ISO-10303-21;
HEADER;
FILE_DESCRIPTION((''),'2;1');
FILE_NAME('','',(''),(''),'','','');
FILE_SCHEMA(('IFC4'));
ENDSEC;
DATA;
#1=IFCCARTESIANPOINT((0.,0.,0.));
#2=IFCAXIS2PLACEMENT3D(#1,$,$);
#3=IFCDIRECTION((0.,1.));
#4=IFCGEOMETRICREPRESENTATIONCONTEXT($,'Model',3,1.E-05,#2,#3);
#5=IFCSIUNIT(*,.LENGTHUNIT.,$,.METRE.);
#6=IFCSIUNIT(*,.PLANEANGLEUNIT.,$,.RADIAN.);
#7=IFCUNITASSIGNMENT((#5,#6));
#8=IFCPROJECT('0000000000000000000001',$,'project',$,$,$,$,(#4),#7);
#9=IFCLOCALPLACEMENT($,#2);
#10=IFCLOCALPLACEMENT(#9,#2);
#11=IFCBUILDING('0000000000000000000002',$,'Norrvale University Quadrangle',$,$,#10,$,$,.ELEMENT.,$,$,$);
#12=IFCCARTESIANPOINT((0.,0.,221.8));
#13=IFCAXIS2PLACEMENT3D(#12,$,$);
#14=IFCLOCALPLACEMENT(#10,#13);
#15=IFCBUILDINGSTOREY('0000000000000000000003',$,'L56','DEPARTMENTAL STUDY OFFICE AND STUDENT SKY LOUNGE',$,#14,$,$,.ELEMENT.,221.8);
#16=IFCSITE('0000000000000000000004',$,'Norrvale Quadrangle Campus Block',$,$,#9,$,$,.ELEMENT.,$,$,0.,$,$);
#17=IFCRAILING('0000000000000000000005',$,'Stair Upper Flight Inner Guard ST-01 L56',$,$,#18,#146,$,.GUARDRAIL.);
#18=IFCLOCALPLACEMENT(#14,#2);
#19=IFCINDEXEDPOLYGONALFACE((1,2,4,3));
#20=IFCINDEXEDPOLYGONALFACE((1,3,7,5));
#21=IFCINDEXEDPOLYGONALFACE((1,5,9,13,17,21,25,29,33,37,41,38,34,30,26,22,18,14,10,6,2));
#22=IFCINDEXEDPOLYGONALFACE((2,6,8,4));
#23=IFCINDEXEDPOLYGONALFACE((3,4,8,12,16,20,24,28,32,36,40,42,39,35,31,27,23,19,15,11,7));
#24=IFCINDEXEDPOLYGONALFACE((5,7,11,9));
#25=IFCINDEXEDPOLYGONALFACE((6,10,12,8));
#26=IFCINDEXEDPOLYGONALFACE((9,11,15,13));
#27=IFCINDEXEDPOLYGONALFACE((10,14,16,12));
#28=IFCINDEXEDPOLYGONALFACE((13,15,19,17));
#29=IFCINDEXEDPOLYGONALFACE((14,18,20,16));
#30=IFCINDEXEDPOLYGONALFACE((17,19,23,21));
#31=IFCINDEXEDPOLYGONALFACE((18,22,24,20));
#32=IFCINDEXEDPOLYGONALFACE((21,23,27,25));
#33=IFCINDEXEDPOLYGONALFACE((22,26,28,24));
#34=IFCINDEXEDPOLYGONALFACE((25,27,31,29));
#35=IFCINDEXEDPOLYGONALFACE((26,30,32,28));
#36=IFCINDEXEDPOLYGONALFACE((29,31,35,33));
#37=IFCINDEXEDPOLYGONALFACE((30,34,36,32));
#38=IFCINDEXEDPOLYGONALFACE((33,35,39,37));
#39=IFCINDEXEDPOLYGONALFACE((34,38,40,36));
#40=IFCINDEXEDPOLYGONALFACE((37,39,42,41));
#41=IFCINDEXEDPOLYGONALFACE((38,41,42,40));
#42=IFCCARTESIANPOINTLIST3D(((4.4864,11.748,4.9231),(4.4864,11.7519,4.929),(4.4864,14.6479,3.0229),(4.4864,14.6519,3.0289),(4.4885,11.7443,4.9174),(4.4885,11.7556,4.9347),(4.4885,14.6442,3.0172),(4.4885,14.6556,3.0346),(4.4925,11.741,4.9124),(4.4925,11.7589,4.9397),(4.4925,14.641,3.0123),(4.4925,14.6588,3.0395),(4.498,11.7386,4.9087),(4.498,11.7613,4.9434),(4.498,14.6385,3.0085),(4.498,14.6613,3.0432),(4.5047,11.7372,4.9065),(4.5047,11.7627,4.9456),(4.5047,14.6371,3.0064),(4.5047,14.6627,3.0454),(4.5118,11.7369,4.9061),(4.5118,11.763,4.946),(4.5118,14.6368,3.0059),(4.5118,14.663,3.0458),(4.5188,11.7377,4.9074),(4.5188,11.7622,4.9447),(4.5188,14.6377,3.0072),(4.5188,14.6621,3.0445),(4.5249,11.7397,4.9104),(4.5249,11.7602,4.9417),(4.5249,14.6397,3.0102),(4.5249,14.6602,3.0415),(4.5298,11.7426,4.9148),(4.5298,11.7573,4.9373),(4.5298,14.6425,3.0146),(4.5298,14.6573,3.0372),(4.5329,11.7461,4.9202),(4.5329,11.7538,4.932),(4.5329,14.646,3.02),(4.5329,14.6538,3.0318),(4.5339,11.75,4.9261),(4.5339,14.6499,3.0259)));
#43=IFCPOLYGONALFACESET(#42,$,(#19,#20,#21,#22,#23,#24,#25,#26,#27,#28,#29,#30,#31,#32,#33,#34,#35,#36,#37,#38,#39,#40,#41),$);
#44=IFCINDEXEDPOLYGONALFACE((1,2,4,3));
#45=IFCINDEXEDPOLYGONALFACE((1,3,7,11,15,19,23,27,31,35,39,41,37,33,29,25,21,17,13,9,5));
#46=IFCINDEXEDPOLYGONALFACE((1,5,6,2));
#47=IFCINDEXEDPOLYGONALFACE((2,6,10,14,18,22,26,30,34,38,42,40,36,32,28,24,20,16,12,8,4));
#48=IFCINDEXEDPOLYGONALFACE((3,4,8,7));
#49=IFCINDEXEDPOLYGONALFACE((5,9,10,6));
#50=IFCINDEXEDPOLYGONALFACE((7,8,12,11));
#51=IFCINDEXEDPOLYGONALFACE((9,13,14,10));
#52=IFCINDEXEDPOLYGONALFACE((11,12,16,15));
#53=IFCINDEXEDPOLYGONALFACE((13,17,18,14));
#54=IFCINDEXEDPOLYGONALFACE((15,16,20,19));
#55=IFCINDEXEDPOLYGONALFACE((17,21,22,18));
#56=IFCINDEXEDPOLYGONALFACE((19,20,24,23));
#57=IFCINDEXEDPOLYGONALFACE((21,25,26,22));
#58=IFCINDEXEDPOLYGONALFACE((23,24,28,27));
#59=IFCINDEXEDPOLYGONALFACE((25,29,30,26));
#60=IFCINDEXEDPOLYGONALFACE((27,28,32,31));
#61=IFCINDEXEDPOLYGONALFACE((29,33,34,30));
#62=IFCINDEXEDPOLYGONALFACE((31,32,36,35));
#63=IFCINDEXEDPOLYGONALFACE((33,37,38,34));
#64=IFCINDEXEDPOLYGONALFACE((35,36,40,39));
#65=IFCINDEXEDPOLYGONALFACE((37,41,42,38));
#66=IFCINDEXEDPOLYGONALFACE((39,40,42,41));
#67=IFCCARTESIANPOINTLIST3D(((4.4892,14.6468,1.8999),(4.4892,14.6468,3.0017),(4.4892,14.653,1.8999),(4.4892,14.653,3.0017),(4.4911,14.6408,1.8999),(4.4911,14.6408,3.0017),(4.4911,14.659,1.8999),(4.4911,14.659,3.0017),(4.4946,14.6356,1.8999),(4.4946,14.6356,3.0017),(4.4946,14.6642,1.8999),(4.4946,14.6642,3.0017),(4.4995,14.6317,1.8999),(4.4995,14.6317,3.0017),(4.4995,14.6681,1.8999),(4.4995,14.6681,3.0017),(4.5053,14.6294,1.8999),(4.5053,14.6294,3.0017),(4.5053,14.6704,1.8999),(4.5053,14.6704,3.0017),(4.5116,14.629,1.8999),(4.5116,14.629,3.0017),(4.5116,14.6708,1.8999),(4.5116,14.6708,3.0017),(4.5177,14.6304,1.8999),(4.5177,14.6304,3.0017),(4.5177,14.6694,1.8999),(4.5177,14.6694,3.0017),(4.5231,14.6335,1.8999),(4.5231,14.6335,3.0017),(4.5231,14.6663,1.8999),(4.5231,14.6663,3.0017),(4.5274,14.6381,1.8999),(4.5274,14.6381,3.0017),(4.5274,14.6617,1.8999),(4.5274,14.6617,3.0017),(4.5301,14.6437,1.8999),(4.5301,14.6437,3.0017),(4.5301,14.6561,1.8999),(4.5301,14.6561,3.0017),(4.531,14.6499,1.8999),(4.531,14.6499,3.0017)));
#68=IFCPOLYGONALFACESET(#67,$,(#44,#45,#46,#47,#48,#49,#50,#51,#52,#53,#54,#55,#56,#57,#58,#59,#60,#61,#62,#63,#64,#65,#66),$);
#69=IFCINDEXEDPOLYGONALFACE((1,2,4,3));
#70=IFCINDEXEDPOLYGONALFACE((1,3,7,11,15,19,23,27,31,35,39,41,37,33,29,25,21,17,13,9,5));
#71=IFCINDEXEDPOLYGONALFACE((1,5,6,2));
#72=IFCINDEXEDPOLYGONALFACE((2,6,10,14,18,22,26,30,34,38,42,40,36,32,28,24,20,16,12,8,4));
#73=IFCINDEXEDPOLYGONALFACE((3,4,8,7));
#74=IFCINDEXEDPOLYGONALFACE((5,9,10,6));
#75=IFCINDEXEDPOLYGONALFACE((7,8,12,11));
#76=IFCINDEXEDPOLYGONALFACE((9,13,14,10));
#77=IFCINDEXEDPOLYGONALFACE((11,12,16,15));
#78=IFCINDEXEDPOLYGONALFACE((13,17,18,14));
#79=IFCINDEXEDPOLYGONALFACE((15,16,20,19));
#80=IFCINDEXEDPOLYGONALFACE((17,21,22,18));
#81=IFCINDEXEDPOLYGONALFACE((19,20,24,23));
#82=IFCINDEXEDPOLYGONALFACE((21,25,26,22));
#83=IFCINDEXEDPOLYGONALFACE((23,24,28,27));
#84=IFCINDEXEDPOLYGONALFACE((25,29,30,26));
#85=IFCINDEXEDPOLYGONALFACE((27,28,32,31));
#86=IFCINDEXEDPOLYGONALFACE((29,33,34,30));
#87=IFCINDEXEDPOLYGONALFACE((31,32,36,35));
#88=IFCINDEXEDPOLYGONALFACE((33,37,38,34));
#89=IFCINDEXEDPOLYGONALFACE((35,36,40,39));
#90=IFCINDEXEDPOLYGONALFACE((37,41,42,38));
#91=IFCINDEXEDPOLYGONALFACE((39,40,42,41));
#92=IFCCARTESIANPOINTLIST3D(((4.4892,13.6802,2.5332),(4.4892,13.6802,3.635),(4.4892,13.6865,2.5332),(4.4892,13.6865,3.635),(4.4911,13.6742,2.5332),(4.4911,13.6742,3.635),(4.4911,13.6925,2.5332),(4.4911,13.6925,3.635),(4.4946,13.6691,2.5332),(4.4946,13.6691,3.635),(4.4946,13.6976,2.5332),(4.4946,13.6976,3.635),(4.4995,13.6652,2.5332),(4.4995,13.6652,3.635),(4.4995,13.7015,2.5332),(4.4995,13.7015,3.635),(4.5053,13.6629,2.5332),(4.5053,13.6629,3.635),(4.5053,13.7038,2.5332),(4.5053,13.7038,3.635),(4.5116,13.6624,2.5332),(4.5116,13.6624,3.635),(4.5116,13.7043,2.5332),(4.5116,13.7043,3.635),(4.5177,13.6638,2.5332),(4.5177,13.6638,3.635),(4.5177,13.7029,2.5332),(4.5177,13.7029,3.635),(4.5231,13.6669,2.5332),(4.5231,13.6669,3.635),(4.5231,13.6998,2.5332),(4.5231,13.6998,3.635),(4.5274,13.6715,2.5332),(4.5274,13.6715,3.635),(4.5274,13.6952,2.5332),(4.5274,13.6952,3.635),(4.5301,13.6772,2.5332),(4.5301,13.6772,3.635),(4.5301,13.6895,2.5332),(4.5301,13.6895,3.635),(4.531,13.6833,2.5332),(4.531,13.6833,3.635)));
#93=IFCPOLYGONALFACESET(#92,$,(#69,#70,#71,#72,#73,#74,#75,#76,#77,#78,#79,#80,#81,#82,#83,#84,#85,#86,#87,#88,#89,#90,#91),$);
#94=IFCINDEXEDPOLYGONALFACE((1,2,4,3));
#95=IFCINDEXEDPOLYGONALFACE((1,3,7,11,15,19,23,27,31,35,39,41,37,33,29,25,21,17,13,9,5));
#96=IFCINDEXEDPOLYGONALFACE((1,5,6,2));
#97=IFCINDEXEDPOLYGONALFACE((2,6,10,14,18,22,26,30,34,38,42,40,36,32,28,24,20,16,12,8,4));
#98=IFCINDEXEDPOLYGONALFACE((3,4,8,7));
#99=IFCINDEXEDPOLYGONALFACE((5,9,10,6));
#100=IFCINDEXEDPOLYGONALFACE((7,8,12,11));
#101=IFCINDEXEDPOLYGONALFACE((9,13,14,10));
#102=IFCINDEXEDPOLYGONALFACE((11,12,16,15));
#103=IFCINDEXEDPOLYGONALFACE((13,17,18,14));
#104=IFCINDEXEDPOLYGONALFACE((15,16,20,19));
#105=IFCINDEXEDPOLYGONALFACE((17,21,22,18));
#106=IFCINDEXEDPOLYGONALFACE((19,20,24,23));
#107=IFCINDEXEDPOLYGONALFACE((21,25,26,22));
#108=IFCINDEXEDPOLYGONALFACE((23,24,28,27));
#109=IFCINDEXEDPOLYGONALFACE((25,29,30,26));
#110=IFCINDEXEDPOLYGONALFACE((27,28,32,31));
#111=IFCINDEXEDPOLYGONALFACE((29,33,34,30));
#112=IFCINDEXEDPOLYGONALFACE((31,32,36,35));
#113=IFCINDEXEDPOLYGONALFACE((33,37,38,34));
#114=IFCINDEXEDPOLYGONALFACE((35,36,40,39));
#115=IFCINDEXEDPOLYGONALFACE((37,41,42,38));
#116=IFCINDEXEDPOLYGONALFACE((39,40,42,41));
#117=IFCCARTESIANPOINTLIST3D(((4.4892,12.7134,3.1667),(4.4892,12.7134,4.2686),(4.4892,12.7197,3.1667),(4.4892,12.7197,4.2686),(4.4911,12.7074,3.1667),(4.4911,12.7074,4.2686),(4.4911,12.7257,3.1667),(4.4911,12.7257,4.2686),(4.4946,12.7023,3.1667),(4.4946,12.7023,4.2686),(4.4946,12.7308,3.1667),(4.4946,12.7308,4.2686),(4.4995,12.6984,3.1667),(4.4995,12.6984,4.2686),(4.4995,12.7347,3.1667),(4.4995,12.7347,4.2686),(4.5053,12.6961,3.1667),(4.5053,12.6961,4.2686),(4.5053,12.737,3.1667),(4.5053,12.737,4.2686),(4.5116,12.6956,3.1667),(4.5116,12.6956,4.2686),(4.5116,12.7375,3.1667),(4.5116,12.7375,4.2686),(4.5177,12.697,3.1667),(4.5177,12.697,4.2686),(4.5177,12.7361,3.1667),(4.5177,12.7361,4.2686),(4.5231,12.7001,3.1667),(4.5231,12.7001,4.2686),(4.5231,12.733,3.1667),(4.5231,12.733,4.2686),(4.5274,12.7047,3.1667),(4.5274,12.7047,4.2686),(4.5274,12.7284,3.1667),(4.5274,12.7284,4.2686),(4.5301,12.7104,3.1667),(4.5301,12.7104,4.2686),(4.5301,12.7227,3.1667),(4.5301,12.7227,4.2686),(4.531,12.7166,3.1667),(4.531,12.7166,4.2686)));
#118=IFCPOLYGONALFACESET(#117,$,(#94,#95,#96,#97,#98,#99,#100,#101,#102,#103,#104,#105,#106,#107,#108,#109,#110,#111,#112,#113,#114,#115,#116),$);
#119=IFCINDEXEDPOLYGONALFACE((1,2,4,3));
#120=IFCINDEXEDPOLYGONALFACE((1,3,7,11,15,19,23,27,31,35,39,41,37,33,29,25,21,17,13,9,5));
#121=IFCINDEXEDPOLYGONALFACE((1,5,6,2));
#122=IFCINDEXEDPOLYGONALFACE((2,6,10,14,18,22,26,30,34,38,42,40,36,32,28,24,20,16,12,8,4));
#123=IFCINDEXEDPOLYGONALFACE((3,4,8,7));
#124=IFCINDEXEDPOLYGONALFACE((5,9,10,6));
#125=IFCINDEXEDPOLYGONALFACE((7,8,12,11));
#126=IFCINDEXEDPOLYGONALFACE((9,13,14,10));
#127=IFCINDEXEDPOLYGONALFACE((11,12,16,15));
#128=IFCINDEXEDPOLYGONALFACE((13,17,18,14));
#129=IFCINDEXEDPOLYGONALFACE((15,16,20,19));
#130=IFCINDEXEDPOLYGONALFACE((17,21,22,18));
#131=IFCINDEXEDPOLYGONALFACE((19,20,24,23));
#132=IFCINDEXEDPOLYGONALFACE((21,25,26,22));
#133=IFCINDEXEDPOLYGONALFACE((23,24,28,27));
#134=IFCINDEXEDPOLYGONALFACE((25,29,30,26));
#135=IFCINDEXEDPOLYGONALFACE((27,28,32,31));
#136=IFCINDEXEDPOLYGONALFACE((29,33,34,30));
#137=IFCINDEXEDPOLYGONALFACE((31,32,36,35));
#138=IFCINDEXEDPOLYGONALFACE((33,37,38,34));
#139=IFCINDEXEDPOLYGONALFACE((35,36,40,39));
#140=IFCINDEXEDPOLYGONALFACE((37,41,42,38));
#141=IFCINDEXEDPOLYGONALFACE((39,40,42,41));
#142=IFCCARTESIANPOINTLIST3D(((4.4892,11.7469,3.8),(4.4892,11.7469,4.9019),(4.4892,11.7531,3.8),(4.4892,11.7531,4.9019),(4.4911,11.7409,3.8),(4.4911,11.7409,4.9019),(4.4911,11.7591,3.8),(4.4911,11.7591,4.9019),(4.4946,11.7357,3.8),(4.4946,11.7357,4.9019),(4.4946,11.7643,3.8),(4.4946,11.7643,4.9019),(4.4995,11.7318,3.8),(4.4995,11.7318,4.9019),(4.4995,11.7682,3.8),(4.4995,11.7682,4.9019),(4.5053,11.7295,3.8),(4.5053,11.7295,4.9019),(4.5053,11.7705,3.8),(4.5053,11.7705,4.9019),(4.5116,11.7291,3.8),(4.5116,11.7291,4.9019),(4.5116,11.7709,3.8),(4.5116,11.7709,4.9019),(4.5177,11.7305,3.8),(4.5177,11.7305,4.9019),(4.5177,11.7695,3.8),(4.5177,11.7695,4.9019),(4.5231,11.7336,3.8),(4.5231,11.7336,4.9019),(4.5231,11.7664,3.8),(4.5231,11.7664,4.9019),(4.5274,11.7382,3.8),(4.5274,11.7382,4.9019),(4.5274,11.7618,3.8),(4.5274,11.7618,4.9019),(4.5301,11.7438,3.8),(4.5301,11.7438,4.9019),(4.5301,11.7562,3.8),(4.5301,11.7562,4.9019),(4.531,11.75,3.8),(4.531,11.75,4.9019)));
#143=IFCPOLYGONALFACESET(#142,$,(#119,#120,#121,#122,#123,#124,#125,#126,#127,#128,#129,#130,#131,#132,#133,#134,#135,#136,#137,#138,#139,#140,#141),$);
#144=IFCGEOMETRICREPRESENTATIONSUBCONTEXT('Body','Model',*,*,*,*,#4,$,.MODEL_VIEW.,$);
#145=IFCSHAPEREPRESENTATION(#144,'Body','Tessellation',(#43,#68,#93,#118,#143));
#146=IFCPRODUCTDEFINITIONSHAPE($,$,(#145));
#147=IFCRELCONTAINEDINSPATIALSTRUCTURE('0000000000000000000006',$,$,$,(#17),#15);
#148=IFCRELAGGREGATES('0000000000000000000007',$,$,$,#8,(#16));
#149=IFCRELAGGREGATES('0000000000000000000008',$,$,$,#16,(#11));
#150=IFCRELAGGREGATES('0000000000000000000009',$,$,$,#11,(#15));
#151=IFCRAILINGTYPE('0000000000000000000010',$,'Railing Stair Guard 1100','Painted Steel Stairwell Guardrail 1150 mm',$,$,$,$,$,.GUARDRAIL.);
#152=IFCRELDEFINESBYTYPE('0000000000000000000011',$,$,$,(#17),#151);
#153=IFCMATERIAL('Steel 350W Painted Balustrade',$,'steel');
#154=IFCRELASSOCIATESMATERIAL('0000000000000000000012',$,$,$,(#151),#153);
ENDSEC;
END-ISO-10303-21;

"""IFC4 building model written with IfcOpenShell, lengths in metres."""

from ifc_helpers import new_model, si_unit, direction, frame, origin, origin_2d, place, context, subcontext, project, spatial, circle, extrude, material, type_object, element, save


model = new_model("IFC4")

# Units and contexts
model_context = context("Model", 3, precision=1e-05, world=origin(), true_north=direction((0.0, 1.0)))
body_context = subcontext(model_context, "Body", "Model", "MODEL_VIEW")
ifc_project = project(units=[si_unit("LENGTHUNIT", "METRE"), si_unit("PLANEANGLEUNIT", "RADIAN")], contexts=[model_context])

# Site, building, storey
site_placement = place(None, origin())
site = spatial("IfcSite", under=ifc_project, at=site_placement, Name="Norrvale Quadrangle Campus Block", CompositionType="ELEMENT", RefElevation=0.0)
building_placement = place(site_placement, origin())
building = spatial("IfcBuilding", under=site, at=building_placement, Name="Norrvale University Quadrangle", CompositionType="ELEMENT")
storey_placement = place(building_placement, frame((0.0, 0.0, 221.8)))
storey = spatial("IfcBuildingStorey", under=building, at=storey_placement, Name="L56", Description="DEPARTMENTAL STUDY OFFICE AND STUDENT SKY LOUNGE", CompositionType="ELEMENT", Elevation=221.8)

# Railing
ifc_material_1 = material(Name="Steel 350W Painted Balustrade", Category="steel")
railing_type_1 = type_object("IfcRailingType", Name="Railing Stair Guard 1100", Description="Painted Steel Stairwell Guardrail 1150 mm", PredefinedType="GUARDRAIL", material=ifc_material_1)
railing_1_placement = place(storey_placement, frame((4.51, 14.6499, 1.8999)))
element("IfcRailing", 1, at=railing_1_placement, inside=storey, type_object=railing_type_1, Name="Stair Upper Flight Inner Guard ST-01 L56", PredefinedType="GUARDRAIL", context=body_context, shape_type="SweptSolid", body=[
    extrude(circle(Radius=0.0239, at=origin_2d()), frame((0.0, 0.0, 1.126), z_axis=(0.0, -0.836433, 0.548069), x_axis=(1.0, 0.0, 0.0)), (0.0, 0.0, 1.0), 3.467),
    extrude(circle(Radius=0.021, at=origin_2d()), origin(), (0.0, 0.0, 1.0), 1.1018),
    extrude(circle(Radius=0.021, at=origin_2d()), frame((0.0, -0.9666, 0.6333)), (0.0, 0.0, 1.0), 1.1018),
    extrude(circle(Radius=0.021, at=origin_2d()), frame((0.0, -1.9333, 1.2668)), (0.0, 0.0, 1.0), 1.1018),
    extrude(circle(Radius=0.021, at=origin_2d()), frame((0.0, -2.8999, 1.9001)), (0.0, 0.0, 1.0), 1.1018),
])

save(model, "model.ifc")
